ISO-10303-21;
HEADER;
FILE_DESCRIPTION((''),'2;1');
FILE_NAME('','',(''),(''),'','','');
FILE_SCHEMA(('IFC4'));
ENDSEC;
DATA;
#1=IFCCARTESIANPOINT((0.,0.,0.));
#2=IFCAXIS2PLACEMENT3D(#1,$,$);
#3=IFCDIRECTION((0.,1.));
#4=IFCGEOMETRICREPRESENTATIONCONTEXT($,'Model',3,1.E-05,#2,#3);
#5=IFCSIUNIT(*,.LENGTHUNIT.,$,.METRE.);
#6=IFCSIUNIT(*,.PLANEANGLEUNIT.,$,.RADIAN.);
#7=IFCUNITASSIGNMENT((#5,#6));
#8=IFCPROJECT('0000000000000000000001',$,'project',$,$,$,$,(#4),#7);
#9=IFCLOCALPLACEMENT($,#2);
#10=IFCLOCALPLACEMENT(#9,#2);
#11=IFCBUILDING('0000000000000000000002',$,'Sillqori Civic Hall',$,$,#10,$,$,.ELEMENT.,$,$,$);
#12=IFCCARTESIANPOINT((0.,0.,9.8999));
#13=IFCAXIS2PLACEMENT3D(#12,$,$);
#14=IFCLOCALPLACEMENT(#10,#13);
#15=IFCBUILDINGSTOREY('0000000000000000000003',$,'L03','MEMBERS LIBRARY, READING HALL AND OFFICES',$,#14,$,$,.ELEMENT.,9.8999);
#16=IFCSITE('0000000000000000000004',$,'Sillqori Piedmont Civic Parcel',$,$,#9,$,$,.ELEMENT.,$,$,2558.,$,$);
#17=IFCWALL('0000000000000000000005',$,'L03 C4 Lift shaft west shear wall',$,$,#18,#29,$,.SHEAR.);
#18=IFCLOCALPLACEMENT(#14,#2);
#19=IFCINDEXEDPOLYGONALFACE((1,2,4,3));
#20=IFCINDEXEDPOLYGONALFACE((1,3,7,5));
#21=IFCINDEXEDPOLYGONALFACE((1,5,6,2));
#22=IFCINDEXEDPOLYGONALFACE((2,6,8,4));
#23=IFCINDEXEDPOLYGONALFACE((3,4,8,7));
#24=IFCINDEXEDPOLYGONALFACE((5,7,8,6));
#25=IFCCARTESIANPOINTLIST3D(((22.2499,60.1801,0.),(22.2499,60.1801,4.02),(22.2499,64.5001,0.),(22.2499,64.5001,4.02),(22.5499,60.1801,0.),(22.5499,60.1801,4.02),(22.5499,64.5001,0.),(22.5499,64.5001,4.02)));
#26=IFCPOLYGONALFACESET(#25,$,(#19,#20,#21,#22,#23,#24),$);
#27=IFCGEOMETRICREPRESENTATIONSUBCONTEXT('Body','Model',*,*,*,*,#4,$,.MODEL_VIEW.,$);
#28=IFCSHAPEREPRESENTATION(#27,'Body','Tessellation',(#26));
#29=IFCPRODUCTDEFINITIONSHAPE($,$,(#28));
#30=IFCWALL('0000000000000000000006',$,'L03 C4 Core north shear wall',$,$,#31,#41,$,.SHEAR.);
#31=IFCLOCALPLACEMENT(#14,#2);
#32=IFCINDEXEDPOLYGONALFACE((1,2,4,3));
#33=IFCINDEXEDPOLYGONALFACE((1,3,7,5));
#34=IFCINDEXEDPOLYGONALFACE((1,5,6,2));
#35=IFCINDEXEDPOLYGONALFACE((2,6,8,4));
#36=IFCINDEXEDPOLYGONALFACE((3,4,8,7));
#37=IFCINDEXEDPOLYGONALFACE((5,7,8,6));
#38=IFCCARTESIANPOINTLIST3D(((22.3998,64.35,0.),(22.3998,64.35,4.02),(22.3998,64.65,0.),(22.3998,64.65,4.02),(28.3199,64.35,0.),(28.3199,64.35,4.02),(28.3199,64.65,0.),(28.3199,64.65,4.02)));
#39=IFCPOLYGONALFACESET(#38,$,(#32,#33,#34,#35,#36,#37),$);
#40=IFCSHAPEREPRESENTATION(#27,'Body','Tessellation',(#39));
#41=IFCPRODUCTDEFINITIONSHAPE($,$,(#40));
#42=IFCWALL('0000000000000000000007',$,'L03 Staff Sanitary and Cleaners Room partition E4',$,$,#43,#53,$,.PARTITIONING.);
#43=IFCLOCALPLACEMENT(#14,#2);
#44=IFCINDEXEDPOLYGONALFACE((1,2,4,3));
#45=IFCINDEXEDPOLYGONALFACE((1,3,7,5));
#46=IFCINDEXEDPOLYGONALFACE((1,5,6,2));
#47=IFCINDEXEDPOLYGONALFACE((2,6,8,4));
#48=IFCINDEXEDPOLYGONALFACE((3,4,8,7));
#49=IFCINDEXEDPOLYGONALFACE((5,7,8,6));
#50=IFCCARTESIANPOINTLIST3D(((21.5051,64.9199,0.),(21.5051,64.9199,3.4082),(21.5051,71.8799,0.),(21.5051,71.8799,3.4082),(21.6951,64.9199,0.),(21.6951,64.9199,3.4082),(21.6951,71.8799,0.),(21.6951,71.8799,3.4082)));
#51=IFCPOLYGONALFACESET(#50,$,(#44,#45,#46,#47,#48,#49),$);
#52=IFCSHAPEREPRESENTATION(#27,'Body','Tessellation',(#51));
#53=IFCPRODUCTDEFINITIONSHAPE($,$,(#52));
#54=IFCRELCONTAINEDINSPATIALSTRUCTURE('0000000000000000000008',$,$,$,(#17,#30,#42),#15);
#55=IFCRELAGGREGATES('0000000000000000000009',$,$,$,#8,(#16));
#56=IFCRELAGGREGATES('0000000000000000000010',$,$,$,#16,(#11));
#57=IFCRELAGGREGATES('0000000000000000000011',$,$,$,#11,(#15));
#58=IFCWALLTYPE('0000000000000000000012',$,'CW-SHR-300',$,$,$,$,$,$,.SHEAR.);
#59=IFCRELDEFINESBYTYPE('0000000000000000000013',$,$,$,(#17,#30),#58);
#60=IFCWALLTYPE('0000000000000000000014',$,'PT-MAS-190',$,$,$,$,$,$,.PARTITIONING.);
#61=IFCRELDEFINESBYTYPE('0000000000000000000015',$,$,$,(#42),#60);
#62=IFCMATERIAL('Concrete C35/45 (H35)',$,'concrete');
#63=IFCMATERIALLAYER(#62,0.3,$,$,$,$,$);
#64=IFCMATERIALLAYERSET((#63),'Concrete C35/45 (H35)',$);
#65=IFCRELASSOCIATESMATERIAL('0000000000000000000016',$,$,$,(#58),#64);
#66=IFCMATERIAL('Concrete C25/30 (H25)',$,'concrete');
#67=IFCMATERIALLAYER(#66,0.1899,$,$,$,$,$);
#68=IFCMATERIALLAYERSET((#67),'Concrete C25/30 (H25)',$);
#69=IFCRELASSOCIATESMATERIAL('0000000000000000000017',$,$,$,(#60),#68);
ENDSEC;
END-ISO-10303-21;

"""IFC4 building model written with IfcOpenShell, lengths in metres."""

from ifc_helpers import new_model, si_unit, direction, frame, frame_2d, origin, place, context, subcontext, project, spatial, rectangle, extrude, material, layer, layer_set, type_object, element, save


model = new_model("IFC4")

# Units and contexts
model_context = context("Model", 3, precision=1e-05, world=origin(), true_north=direction((0.0, 1.0)))
body_context = subcontext(model_context, "Body", "Model", "MODEL_VIEW")
ifc_project = project(units=[si_unit("LENGTHUNIT", "METRE"), si_unit("PLANEANGLEUNIT", "RADIAN")], contexts=[model_context])

# Site, building, storey
site_placement = place(None, origin())
site = spatial("IfcSite", under=ifc_project, at=site_placement, Name="Sillqori Piedmont Civic Parcel", CompositionType="ELEMENT", RefElevation=2558.0)
building_placement = place(site_placement, origin())
building = spatial("IfcBuilding", under=site, at=building_placement, Name="Sillqori Civic Hall", CompositionType="ELEMENT")
storey_placement = place(building_placement, frame((0.0, 0.0, 9.8999)))
storey = spatial("IfcBuildingStorey", under=building, at=storey_placement, Name="L03", Description="MEMBERS LIBRARY, READING HALL AND OFFICES", CompositionType="ELEMENT", Elevation=9.8999)

# Shared definitions
ifc_material_1 = material(Name="Concrete C35/45 (H35)", Category="concrete")

# Walls
ifc_layer_1 = layer(ifc_material_1, 0.3)
ifc_layer_set_1 = layer_set([ifc_layer_1], Name="Concrete C35/45 (H35)")
wall_type_1 = type_object("IfcWallType", Name="CW-SHR-300", PredefinedType="SHEAR", material=ifc_layer_set_1)
wall_1_placement = place(storey_placement, frame((22.3999, 60.1799, 0.0), z_axis=(0.0, 0.0, 1.0), x_axis=(0.0, 1.0, 0.0)))
element("IfcWall", 1, at=wall_1_placement, inside=storey, type_object=wall_type_1, Name="L03 C4 Lift shaft west shear wall", PredefinedType="SHEAR", context=body_context, shape_type="SweptSolid", body=[
    extrude(rectangle(XDim=4.3201, YDim=0.3, at=frame_2d((2.1602, 0.0))), origin(), (0.0, 0.0, 1.0), 4.02),
])
wall_2_placement = place(storey_placement, frame((22.3999, 64.5, 0.0), z_axis=(0.0, 0.0, 1.0), x_axis=(1.0, 0.0, 0.0)))
element("IfcWall", 2, at=wall_2_placement, inside=storey, type_object=wall_type_1, Name="L03 C4 Core north shear wall", PredefinedType="SHEAR", context=body_context, shape_type="SweptSolid", body=[
    extrude(rectangle(XDim=5.9202, YDim=0.3, at=frame_2d((2.96, 0.0))), origin(), (0.0, 0.0, 1.0), 4.02),
])
ifc_material_2 = material(Name="Concrete C25/30 (H25)", Category="concrete")
ifc_layer_2 = layer(ifc_material_2, 0.1899)
ifc_layer_set_2 = layer_set([ifc_layer_2], Name="Concrete C25/30 (H25)")
wall_type_2 = type_object("IfcWallType", Name="PT-MAS-190", PredefinedType="PARTITIONING", material=ifc_layer_set_2)
wall_3_placement = place(storey_placement, frame((21.6001, 71.8799, 0.0), z_axis=(0.0, 0.0, 1.0), x_axis=(0.0, -1.0, 0.0)))
element("IfcWall", 3, at=wall_3_placement, inside=storey, type_object=wall_type_2, Name="L03 Staff Sanitary and Cleaners Room partition E4", PredefinedType="PARTITIONING", context=body_context, shape_type="SweptSolid", body=[
    extrude(rectangle(XDim=6.96, YDim=0.1899, at=frame_2d((3.48, 0.0))), origin(), (0.0, 0.0, 1.0), 3.4082),
])

save(model, "model.ifc")
